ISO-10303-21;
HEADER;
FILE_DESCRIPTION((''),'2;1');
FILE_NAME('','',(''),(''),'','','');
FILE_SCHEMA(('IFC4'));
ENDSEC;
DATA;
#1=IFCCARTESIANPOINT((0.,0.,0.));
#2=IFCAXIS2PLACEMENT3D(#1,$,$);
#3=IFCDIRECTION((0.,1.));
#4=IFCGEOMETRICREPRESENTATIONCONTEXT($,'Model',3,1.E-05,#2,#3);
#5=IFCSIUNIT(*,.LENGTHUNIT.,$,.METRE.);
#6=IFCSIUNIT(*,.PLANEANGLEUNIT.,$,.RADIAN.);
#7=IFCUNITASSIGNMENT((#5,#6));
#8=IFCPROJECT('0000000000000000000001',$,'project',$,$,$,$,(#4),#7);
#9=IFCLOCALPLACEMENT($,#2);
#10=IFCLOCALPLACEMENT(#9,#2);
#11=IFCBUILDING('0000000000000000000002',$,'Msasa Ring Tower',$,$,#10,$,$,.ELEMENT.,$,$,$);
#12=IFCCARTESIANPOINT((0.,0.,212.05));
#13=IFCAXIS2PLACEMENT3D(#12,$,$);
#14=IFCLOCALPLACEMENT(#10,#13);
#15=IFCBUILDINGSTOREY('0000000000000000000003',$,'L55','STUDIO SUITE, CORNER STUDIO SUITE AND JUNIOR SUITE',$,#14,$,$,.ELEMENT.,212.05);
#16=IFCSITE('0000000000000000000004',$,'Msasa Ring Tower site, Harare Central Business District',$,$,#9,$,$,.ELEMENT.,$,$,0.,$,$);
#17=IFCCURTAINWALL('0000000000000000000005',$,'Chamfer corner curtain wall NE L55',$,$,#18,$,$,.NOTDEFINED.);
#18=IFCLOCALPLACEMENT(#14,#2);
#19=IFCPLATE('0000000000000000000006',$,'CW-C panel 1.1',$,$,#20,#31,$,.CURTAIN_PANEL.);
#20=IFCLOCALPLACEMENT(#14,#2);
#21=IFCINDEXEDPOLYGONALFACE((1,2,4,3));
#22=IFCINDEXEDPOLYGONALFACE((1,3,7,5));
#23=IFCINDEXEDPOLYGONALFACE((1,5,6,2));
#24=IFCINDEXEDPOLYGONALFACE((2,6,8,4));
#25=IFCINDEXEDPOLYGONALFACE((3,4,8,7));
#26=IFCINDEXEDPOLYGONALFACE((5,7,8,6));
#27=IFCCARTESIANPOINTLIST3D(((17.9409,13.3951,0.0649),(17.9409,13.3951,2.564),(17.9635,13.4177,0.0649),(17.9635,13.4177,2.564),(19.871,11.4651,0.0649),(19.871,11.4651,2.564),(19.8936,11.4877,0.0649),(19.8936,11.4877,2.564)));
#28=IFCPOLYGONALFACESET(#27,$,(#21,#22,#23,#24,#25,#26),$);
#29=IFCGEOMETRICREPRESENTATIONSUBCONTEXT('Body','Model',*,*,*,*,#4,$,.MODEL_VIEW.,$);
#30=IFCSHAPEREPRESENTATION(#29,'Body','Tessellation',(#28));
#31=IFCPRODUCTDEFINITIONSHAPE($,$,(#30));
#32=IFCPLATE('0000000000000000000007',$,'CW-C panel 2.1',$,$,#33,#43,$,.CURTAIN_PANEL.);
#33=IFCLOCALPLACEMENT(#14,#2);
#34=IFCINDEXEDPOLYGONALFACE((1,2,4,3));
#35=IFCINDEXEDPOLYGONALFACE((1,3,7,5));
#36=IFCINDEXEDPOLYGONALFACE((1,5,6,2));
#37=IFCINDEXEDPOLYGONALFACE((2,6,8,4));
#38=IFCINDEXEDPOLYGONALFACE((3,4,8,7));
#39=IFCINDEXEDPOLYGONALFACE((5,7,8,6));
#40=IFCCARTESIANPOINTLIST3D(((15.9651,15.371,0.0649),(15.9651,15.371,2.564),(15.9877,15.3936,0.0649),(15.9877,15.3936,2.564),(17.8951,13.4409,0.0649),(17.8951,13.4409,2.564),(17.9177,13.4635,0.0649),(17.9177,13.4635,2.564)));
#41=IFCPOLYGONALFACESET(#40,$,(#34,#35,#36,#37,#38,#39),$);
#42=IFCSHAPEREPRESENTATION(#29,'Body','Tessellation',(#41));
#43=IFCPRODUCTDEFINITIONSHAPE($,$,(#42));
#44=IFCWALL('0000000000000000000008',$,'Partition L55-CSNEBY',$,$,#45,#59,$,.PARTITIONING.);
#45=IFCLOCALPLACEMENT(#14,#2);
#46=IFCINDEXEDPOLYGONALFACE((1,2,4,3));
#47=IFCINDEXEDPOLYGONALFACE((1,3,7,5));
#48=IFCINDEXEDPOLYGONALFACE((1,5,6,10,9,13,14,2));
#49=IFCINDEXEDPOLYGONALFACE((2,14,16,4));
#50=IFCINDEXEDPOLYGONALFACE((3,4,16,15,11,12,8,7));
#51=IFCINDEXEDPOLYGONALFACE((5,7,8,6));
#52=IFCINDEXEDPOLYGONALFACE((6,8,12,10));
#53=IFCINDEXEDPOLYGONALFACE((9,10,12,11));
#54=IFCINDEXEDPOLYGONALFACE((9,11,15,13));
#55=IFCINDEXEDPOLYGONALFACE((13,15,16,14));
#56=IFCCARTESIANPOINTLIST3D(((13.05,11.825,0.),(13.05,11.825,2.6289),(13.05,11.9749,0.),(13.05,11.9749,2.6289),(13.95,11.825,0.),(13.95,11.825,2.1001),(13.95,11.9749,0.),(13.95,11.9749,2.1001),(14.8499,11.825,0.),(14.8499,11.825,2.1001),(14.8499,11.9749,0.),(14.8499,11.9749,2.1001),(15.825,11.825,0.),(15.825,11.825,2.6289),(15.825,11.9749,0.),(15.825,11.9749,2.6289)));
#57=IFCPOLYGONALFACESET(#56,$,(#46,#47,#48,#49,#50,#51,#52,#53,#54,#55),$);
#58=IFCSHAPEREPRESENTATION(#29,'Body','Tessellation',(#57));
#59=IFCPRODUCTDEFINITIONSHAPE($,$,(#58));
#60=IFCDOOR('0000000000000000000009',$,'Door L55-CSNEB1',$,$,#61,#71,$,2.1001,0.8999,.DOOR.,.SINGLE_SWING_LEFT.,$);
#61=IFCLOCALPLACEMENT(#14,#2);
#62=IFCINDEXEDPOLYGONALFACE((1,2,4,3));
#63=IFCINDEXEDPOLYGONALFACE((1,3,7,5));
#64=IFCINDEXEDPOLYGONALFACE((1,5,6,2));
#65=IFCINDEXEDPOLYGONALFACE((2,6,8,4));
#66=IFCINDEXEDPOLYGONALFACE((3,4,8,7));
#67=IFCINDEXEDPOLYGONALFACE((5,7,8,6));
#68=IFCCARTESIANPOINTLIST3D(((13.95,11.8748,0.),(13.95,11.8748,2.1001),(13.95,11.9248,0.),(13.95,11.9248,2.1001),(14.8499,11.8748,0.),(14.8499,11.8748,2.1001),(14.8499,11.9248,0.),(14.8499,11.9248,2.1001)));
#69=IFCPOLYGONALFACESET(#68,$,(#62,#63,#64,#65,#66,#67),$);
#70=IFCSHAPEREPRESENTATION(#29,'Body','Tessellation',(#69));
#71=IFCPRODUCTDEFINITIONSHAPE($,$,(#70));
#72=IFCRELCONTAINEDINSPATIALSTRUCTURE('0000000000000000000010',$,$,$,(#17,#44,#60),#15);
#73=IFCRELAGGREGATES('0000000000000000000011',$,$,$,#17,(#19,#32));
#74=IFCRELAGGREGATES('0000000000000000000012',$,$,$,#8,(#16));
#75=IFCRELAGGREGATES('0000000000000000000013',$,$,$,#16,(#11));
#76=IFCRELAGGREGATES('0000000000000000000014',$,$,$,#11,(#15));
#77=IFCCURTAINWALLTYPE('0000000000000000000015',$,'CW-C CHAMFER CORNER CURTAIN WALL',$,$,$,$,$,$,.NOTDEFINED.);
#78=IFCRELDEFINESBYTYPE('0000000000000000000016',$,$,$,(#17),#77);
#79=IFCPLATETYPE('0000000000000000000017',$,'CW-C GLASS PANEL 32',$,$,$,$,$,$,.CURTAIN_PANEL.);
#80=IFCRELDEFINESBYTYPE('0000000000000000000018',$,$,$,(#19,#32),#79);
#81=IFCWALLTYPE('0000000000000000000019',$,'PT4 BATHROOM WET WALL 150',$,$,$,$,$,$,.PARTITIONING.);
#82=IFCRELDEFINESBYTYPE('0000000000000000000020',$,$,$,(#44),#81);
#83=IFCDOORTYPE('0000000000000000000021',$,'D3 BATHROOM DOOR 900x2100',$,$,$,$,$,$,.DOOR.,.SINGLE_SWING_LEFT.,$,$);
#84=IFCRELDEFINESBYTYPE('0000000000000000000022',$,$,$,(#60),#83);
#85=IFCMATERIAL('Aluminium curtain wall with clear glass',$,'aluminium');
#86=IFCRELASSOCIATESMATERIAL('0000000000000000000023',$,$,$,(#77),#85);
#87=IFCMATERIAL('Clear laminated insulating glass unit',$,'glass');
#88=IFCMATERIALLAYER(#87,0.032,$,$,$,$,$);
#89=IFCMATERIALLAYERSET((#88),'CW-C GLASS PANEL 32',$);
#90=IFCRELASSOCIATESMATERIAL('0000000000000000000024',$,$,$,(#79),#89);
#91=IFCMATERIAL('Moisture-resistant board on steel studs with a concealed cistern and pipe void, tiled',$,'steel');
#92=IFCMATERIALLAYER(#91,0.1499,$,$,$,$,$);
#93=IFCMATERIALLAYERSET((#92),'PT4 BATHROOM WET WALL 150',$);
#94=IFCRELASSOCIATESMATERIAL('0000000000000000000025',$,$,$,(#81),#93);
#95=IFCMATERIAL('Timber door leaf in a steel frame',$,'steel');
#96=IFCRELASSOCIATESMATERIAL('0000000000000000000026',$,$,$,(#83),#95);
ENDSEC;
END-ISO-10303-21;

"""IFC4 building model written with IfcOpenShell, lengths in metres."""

from ifc_helpers import new_model, si_unit, direction, frame, frame_2d, origin, origin_2d, place, context, subcontext, project, spatial, rectangle, extrude, material, layer, layer_set, type_object, element, fill, aggregate, save


model = new_model("IFC4")

# Units and contexts
model_context = context("Model", 3, precision=1e-05, world=origin(), true_north=direction((0.0, 1.0)))
body_context = subcontext(model_context, "Body", "Model", "MODEL_VIEW")
ifc_project = project(units=[si_unit("LENGTHUNIT", "METRE"), si_unit("PLANEANGLEUNIT", "RADIAN")], contexts=[model_context])

# Site, building, storey
site_placement = place(None, origin())
site = spatial("IfcSite", under=ifc_project, at=site_placement, Name="Msasa Ring Tower site, Harare Central Business District", CompositionType="ELEMENT", RefElevation=0.0)
building_placement = place(site_placement, origin())
building = spatial("IfcBuilding", under=site, at=building_placement, Name="Msasa Ring Tower", CompositionType="ELEMENT")
storey_placement = place(building_placement, frame((0.0, 0.0, 212.05)))
storey = spatial("IfcBuildingStorey", under=building, at=storey_placement, Name="L55", Description="STUDIO SUITE, CORNER STUDIO SUITE AND JUNIOR SUITE", CompositionType="ELEMENT", Elevation=212.05)

# Curtain wall
ifc_material_1 = material(Name="Aluminium curtain wall with clear glass", Category="aluminium")
curtain_wall_type = type_object("IfcCurtainWallType", Name="CW-C CHAMFER CORNER CURTAIN WALL", PredefinedType="NOTDEFINED", material=ifc_material_1)
curtain_wall_1_placement = place(storey_placement, origin())
curtain_wall_1 = element("IfcCurtainWall", 1, at=curtain_wall_1_placement, inside=storey, type_object=curtain_wall_type, Name="Chamfer corner curtain wall NE L55", PredefinedType="NOTDEFINED")

# Plates
ifc_material_2 = material(Name="Clear laminated insulating glass unit", Category="glass")
ifc_layer_1 = layer(ifc_material_2, 0.032)
ifc_layer_set_1 = layer_set([ifc_layer_1], Name="CW-C GLASS PANEL 32")
plate_type = type_object("IfcPlateType", Name="CW-C GLASS PANEL 32", PredefinedType="CURTAIN_PANEL", material=ifc_layer_set_1)
plate_1_placement = place(storey_placement, frame((18.9172, 12.4414, 0.0649), z_axis=(0.0, 0.0, 1.0), x_axis=(-0.707107, 0.707107, 0.0)))
plate_1 = element("IfcPlate", 2, at=plate_1_placement, type_object=plate_type, Name="CW-C panel 1.1", PredefinedType="CURTAIN_PANEL", context=body_context, shape_type="SweptSolid", body=[
    extrude(rectangle(XDim=2.7295, YDim=0.032, at=origin_2d()), origin(), (0.0, 0.0, 1.0), 2.499),
])
plate_2_placement = place(storey_placement, frame((16.9414, 14.4172, 0.0649), z_axis=(0.0, 0.0, 1.0), x_axis=(-0.707107, 0.707107, 0.0)))
plate_2 = element("IfcPlate", 3, at=plate_2_placement, type_object=plate_type, Name="CW-C panel 2.1", PredefinedType="CURTAIN_PANEL", context=body_context, shape_type="SweptSolid", body=[
    extrude(rectangle(XDim=2.7295, YDim=0.032, at=origin_2d()), origin(), (0.0, 0.0, 1.0), 2.499),
])
aggregate(curtain_wall_1, [plate_1, plate_2])

# Wall, opening, door
ifc_material_3 = material(Name="Moisture-resistant board on steel studs with a concealed cistern and pipe void, tiled", Category="steel")
ifc_layer_2 = layer(ifc_material_3, 0.1499)
ifc_layer_set_2 = layer_set([ifc_layer_2], Name="PT4 BATHROOM WET WALL 150")
wall_type = type_object("IfcWallType", Name="PT4 BATHROOM WET WALL 150", PredefinedType="PARTITIONING", material=ifc_layer_set_2)
wall_placement = place(storey_placement, frame((13.05, 11.8999, 0.0), z_axis=(0.0, 0.0, 1.0), x_axis=(1.0, 0.0, 0.0)))
wall = element("IfcWall", 4, at=wall_placement, inside=storey, type_object=wall_type, Name="Partition L55-CSNEBY", PredefinedType="PARTITIONING", context=body_context, shape_type="SweptSolid", body=[
    extrude(rectangle(XDim=2.7749, YDim=0.1499, at=frame_2d((1.3875, 0.0))), origin(), (0.0, 0.0, 1.0), 2.6289),
])
opening_placement = place(wall_placement, frame((0.8999, 0.0, 0.0)))
opening = element("IfcOpeningElement", 5, at=opening_placement, cuts=wall, PredefinedType="OPENING", context=body_context, shape_type="SweptSolid", body=[
    extrude(rectangle(XDim=0.8999, YDim=2.1001, at=frame_2d((0.45, 1.05))), frame((0.0, 0.085, 0.0), z_axis=(0.0, -1.0, 0.0), x_axis=(1.0, 0.0, 0.0)), (0.0, 0.0, 1.0), 0.1699),
])
ifc_material_4 = material(Name="Timber door leaf in a steel frame", Category="steel")
door_type = type_object("IfcDoorType", Name="D3 BATHROOM DOOR 900x2100", OperationType="SINGLE_SWING_LEFT", PredefinedType="DOOR", material=ifc_material_4)
door_placement = place(opening_placement, origin())
door = element("IfcDoor", 6, at=door_placement, inside=storey, type_object=door_type, Name="Door L55-CSNEB1", OperationType="SINGLE_SWING_LEFT", OverallHeight=2.1001, OverallWidth=0.8999, PredefinedType="DOOR", context=body_context, shape_type="SweptSolid", body=[
    extrude(rectangle(XDim=0.8999, YDim=2.1001, at=frame_2d((0.45, 1.05))), frame((0.0, 0.0249, 0.0), z_axis=(0.0, -1.0, 0.0), x_axis=(1.0, 0.0, 0.0)), (0.0, 0.0, 1.0), 0.05),
])
fill(opening, door)

save(model, "model.ifc")
